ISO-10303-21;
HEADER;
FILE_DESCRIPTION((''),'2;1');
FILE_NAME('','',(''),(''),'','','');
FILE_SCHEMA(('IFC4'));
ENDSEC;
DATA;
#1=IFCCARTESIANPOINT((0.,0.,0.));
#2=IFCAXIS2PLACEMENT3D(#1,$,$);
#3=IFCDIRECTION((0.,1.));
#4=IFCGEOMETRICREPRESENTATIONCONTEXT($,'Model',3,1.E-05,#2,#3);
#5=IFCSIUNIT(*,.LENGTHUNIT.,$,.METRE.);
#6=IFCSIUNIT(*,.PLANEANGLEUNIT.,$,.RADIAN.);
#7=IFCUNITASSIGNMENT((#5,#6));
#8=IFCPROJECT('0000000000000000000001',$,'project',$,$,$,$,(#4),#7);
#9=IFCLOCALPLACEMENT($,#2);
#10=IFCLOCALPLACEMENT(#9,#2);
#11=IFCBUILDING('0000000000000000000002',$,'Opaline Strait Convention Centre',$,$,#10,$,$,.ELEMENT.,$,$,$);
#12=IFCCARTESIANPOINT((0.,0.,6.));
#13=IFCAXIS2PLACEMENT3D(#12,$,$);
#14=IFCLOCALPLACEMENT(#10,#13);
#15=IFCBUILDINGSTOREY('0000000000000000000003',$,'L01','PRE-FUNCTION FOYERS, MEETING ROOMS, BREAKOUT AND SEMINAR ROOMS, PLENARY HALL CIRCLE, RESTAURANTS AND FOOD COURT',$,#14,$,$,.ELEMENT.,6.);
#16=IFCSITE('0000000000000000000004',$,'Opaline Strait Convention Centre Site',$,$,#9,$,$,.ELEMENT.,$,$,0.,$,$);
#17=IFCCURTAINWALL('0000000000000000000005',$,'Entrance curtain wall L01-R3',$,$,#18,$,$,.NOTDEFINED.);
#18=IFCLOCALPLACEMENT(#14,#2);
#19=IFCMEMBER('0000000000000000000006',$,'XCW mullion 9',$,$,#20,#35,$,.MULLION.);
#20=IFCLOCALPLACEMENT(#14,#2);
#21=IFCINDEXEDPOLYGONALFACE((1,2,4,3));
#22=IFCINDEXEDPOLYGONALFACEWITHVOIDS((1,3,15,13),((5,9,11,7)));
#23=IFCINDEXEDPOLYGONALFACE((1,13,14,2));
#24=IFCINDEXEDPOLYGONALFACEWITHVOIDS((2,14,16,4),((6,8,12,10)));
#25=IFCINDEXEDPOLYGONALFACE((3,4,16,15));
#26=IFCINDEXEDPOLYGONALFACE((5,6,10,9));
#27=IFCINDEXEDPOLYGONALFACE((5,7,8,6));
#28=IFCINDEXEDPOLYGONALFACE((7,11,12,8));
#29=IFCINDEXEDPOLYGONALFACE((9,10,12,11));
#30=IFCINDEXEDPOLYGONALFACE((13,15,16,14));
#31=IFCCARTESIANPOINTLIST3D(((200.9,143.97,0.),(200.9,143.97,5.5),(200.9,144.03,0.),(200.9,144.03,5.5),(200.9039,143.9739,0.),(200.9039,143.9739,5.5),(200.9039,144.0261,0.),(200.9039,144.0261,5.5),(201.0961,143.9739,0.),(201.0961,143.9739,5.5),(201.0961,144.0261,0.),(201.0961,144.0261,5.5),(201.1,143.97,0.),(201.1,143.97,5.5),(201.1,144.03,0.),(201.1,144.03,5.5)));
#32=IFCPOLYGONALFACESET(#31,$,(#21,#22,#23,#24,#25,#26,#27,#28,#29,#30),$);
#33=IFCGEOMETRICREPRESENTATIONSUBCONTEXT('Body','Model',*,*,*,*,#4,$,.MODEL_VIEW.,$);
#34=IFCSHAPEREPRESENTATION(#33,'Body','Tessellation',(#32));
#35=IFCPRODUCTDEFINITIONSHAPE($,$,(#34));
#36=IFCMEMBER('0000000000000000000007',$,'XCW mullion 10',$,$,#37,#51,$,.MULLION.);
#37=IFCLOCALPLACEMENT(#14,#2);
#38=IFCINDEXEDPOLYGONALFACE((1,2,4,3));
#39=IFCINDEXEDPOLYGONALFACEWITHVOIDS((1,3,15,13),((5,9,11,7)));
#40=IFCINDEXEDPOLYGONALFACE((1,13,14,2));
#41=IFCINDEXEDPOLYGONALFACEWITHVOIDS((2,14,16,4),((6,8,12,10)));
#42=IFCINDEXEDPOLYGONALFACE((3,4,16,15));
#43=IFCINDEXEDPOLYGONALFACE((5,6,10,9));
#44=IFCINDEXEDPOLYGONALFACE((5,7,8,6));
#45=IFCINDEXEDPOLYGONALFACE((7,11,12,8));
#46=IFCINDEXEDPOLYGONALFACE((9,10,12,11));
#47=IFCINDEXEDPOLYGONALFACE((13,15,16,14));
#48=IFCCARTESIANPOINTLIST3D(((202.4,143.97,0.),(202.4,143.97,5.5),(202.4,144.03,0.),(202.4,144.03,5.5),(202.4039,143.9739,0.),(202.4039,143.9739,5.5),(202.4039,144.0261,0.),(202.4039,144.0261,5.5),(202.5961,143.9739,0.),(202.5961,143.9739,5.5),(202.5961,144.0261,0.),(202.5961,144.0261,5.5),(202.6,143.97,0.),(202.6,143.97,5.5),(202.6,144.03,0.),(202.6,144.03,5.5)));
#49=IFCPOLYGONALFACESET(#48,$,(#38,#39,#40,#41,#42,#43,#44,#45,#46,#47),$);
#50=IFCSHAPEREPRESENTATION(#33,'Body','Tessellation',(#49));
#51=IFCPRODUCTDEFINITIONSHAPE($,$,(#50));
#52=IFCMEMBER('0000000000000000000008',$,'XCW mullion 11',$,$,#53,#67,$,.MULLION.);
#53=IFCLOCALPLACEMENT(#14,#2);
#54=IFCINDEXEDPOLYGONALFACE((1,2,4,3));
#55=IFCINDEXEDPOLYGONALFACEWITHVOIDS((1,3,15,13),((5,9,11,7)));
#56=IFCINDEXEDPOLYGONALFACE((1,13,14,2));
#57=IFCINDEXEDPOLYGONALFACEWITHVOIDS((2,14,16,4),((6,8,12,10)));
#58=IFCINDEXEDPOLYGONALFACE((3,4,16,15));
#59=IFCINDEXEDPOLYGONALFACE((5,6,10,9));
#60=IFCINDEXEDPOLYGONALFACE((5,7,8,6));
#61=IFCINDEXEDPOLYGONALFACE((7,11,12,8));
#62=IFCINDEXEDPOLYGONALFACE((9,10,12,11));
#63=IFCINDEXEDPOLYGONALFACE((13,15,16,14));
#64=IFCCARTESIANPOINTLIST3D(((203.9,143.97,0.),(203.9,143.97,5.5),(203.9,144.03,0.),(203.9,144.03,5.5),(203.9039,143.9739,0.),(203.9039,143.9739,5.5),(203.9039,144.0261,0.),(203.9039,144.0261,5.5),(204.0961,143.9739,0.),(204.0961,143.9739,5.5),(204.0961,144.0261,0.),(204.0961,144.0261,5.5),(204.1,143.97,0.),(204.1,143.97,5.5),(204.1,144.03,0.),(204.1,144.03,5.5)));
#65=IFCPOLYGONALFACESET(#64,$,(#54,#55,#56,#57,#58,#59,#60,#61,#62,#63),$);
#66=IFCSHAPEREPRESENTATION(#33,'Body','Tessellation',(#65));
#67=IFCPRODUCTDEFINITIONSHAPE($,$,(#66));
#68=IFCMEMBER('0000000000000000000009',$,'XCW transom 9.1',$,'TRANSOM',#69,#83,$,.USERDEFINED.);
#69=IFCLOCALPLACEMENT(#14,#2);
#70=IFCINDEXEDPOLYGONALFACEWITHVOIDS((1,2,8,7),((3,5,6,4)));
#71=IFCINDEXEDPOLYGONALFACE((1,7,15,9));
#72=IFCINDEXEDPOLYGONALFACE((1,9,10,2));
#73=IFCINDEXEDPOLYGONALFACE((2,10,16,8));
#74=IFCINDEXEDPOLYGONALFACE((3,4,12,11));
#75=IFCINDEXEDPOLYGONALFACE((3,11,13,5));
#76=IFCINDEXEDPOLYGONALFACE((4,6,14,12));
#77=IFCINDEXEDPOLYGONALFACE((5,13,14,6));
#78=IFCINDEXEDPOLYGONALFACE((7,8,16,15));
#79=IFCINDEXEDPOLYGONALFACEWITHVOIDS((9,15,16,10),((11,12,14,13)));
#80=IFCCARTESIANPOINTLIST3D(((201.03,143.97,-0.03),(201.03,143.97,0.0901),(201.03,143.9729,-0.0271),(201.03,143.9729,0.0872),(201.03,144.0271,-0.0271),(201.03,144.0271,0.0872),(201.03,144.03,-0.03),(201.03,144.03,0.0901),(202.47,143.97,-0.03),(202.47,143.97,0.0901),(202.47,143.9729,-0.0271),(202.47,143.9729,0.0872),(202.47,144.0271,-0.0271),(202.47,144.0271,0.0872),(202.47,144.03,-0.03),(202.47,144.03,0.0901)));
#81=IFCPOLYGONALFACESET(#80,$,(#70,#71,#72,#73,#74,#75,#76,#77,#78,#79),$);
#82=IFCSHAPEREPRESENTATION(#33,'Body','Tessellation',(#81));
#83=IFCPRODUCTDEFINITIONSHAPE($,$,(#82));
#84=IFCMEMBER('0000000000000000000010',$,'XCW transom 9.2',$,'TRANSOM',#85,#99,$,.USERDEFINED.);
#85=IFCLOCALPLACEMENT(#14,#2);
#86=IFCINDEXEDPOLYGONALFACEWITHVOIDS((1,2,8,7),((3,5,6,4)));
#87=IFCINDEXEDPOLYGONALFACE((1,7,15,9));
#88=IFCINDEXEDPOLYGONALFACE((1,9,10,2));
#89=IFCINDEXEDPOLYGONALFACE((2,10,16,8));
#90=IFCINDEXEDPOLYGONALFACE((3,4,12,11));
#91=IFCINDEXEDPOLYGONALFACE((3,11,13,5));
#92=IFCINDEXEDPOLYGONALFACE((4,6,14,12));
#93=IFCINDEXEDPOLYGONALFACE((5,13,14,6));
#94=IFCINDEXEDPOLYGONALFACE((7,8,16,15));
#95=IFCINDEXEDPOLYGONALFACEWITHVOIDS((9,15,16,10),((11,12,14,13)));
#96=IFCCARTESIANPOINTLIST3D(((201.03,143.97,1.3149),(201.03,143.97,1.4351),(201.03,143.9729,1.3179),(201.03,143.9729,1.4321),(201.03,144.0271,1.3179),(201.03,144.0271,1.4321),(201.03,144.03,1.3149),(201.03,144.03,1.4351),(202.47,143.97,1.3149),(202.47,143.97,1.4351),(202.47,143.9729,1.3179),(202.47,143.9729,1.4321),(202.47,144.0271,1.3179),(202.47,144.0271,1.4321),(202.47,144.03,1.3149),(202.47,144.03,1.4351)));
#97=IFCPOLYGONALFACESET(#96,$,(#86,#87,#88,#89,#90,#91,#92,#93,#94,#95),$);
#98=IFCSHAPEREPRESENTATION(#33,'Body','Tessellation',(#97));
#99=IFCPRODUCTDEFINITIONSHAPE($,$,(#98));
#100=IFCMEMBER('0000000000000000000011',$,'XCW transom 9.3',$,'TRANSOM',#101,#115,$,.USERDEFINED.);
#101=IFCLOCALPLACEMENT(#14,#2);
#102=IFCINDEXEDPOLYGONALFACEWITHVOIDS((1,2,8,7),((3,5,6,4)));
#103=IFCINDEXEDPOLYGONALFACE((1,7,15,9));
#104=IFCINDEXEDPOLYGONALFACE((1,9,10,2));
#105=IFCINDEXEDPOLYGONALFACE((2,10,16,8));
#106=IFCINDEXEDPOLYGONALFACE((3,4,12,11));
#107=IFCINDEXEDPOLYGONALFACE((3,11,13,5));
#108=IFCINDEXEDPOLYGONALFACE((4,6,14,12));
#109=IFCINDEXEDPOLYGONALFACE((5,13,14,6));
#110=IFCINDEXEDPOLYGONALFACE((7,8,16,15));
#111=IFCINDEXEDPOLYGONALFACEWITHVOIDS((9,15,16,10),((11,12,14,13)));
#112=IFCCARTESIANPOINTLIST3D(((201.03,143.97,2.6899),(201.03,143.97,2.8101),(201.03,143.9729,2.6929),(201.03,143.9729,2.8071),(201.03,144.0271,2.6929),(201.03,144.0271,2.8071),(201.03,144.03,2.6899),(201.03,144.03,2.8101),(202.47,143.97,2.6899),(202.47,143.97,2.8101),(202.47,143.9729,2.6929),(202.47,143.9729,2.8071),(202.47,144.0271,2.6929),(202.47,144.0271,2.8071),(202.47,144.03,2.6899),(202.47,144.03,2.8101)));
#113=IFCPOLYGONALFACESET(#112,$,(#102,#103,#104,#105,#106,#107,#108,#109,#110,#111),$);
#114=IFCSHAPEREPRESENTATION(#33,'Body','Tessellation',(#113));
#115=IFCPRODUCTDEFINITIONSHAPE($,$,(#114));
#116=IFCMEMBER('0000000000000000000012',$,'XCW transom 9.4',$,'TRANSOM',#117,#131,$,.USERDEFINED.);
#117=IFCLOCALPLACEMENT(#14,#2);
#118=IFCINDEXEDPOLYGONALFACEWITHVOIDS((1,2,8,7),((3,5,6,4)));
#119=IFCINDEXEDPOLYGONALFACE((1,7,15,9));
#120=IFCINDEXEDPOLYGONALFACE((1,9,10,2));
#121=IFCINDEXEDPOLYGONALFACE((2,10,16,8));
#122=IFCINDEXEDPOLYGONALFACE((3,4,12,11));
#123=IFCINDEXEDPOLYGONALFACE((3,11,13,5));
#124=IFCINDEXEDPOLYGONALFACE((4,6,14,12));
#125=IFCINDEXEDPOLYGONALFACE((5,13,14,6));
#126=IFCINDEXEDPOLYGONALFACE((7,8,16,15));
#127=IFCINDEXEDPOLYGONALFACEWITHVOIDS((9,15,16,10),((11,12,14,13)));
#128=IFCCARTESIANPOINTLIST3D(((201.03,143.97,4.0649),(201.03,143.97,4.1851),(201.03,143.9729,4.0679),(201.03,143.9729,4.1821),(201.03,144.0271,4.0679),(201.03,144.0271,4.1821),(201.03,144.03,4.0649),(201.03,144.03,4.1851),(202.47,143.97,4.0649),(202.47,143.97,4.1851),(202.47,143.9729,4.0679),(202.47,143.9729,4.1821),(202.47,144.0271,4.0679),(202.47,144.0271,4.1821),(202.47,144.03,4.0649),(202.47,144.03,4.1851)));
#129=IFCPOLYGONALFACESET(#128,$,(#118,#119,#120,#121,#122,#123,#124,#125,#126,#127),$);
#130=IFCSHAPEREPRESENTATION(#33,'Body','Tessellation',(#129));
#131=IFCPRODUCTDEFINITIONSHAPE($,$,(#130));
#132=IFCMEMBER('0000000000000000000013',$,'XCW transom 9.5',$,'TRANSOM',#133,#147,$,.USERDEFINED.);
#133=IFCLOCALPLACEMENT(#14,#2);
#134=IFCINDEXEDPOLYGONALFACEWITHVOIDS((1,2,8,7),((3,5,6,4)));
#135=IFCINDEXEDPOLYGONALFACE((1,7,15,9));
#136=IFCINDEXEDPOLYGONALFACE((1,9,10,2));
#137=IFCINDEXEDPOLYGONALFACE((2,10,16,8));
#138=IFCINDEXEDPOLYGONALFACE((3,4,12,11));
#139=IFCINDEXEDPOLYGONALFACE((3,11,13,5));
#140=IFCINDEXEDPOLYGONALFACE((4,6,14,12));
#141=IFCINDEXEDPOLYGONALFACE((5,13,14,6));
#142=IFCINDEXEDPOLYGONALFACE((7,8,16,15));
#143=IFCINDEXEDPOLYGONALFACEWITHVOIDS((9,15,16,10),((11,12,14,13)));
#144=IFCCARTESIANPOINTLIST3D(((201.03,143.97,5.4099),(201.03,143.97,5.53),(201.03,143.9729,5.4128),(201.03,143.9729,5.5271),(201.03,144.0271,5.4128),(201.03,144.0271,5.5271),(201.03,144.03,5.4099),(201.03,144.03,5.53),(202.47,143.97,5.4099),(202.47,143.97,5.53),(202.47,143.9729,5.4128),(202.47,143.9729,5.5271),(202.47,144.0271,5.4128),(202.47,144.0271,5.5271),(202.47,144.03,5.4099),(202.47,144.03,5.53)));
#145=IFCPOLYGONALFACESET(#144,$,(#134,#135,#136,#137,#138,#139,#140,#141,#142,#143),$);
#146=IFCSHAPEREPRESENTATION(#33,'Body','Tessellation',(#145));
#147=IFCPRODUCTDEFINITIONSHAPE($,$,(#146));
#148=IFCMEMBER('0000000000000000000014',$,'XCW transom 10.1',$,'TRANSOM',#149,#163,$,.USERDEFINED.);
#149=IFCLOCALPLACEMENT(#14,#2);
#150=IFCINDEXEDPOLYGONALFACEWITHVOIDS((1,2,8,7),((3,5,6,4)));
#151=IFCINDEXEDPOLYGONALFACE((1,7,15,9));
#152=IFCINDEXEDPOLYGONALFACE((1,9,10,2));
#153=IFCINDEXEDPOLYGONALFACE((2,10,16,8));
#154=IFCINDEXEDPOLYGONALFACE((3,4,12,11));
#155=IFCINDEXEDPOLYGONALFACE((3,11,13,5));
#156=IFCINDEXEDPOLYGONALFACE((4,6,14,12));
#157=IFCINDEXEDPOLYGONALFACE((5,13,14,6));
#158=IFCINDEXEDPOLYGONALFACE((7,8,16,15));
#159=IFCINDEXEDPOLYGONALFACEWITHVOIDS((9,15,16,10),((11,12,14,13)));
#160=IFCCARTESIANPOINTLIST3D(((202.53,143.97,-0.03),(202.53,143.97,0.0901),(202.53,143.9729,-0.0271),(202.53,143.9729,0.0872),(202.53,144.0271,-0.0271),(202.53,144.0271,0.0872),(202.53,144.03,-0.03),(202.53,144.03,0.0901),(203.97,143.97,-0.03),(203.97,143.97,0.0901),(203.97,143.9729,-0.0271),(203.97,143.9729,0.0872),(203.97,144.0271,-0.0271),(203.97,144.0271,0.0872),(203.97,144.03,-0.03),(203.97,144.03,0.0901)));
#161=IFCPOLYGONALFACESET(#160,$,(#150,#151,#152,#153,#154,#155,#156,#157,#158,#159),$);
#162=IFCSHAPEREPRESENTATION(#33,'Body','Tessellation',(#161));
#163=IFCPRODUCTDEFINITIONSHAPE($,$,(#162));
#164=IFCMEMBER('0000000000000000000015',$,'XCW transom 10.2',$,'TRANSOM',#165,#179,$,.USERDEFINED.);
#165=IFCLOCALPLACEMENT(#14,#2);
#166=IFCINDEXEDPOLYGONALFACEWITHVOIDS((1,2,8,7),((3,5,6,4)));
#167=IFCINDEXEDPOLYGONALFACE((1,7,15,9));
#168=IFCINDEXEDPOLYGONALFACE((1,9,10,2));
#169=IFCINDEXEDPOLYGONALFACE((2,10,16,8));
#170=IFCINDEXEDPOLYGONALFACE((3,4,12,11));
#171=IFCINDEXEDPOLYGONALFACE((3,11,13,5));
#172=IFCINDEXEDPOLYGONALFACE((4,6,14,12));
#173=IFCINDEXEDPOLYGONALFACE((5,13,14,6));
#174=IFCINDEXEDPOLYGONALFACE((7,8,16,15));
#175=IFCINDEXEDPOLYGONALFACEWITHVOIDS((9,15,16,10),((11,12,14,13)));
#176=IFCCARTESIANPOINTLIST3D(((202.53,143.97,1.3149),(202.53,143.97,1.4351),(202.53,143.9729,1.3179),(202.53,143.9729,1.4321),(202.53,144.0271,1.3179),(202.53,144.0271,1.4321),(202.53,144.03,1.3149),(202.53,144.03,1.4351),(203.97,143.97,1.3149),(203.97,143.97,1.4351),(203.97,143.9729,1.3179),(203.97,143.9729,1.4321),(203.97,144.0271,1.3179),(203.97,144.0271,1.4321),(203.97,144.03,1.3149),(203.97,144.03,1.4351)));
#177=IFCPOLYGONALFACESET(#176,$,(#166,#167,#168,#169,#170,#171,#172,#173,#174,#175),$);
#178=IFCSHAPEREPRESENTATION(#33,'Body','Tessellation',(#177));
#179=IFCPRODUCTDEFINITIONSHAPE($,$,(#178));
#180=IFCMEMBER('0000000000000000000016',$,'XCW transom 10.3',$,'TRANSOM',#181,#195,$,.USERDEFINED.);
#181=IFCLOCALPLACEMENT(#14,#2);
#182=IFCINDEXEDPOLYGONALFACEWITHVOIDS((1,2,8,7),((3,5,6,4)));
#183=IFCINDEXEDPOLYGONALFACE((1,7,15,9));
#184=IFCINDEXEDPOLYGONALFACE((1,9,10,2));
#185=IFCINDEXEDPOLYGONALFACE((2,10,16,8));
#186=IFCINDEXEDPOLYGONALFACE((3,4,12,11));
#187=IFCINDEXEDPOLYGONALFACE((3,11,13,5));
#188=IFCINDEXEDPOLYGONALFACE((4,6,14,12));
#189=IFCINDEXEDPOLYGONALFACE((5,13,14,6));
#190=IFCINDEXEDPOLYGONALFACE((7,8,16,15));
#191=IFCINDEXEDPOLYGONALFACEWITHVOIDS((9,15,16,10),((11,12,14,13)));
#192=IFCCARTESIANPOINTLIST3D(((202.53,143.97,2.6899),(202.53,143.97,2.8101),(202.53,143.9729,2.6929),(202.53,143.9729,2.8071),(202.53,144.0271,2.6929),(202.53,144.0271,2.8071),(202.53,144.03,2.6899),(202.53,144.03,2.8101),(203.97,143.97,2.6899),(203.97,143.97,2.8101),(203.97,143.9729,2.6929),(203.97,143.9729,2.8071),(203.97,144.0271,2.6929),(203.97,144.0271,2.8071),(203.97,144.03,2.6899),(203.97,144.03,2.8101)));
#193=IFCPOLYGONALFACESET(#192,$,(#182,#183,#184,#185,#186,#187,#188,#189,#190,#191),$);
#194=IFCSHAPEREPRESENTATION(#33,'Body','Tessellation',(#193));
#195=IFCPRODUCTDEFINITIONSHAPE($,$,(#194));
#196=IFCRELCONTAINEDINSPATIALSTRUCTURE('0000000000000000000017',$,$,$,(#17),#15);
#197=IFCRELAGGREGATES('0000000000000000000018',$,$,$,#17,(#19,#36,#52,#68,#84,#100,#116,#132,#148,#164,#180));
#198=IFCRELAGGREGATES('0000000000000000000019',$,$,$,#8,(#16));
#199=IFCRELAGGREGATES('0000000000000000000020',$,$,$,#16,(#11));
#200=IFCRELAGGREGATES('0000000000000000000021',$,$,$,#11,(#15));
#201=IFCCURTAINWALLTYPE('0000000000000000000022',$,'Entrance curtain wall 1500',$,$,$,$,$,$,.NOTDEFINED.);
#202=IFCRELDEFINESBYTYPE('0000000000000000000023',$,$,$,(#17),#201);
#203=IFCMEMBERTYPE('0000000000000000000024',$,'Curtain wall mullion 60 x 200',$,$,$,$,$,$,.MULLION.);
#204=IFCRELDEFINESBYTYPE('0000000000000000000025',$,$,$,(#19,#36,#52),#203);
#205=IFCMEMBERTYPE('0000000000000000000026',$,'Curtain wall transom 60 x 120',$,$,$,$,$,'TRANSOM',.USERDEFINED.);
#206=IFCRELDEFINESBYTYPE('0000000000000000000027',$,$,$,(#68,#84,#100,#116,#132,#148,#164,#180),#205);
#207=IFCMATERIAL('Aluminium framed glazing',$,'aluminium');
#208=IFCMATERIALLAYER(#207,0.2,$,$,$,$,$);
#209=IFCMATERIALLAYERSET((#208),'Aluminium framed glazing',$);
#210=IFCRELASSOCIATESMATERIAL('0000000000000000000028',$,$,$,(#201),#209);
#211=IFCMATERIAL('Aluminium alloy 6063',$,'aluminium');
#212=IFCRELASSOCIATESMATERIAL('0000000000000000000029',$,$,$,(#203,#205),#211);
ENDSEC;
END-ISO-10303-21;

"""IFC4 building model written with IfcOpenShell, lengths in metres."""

from ifc_helpers import new_model, si_unit, direction, frame, origin, origin_2d, place, context, subcontext, project, spatial, hollow_rectangle, extrude, material, layer, layer_set, material_profile, profile_set, type_object, element, aggregate, save


model = new_model("IFC4")

# Units and contexts
model_context = context("Model", 3, precision=1e-05, world=origin(), true_north=direction((0.0, 1.0)))
body_context = subcontext(model_context, "Body", "Model", "MODEL_VIEW")
ifc_project = project(units=[si_unit("LENGTHUNIT", "METRE"), si_unit("PLANEANGLEUNIT", "RADIAN")], contexts=[model_context])

# Site, building, storey
site_placement = place(None, origin())
site = spatial("IfcSite", under=ifc_project, at=site_placement, Name="Opaline Strait Convention Centre Site", CompositionType="ELEMENT", RefElevation=0.0)
building_placement = place(site_placement, origin())
building = spatial("IfcBuilding", under=site, at=building_placement, Name="Opaline Strait Convention Centre", CompositionType="ELEMENT")
storey_placement = place(building_placement, frame((0.0, 0.0, 6.0)))
storey = spatial("IfcBuildingStorey", under=building, at=storey_placement, Name="L01", Description="PRE-FUNCTION FOYERS, MEETING ROOMS, BREAKOUT AND SEMINAR ROOMS, PLENARY HALL CIRCLE, RESTAURANTS AND FOOD COURT", CompositionType="ELEMENT", Elevation=6.0)

# Curtain wall, members
ifc_material_1 = material(Name="Aluminium framed glazing", Category="aluminium")
ifc_layer_1 = layer(ifc_material_1, 0.2)
ifc_layer_set_1 = layer_set([ifc_layer_1], Name="Aluminium framed glazing")
curtain_wall_type = type_object("IfcCurtainWallType", Name="Entrance curtain wall 1500", PredefinedType="NOTDEFINED", material=ifc_layer_set_1)
curtain_wall_placement = place(storey_placement, origin())
curtain_wall = element("IfcCurtainWall", 1, at=curtain_wall_placement, inside=storey, type_object=curtain_wall_type, Name="Entrance curtain wall L01-R3", PredefinedType="NOTDEFINED")
ifc_material_2 = material(Name="Aluminium alloy 6063", Category="aluminium")
ifc_material_profile_1 = material_profile(ifc_material_2, hollow_rectangle(XDim=0.0601, YDim=0.2, WallThickness=0.0039, at=origin_2d()), Name="MULLION 60x200x4")
ifc_profile_set_1 = profile_set([ifc_material_profile_1], Name="Aluminium alloy 6063")
member_type_1 = type_object("IfcMemberType", Name="Curtain wall mullion 60 x 200", PredefinedType="MULLION", material=ifc_profile_set_1)
member_1_placement = place(storey_placement, frame((201.0, 144.0, 0.0), z_axis=(0.0, 0.0, 1.0), x_axis=(0.0, 1.0, 0.0)))
member_1 = element("IfcMember", 2, at=member_1_placement, type_object=member_type_1, Name="XCW mullion 9", PredefinedType="MULLION", context=body_context, shape_type="SweptSolid", body=[
    extrude(hollow_rectangle(XDim=0.0601, YDim=0.2, WallThickness=0.0039, at=origin_2d()), origin(), (0.0, 0.0, 1.0), 5.5),
])
member_2_placement = place(storey_placement, frame((202.5, 144.0, 0.0), z_axis=(0.0, 0.0, 1.0), x_axis=(0.0, 1.0, 0.0)))
member_2 = element("IfcMember", 3, at=member_2_placement, type_object=member_type_1, Name="XCW mullion 10", PredefinedType="MULLION", context=body_context, shape_type="SweptSolid", body=[
    extrude(hollow_rectangle(XDim=0.0601, YDim=0.2, WallThickness=0.0039, at=origin_2d()), origin(), (0.0, 0.0, 1.0), 5.5),
])
member_3_placement = place(storey_placement, frame((204.0, 144.0, 0.0), z_axis=(0.0, 0.0, 1.0), x_axis=(0.0, 1.0, 0.0)))
member_3 = element("IfcMember", 4, at=member_3_placement, type_object=member_type_1, Name="XCW mullion 11", PredefinedType="MULLION", context=body_context, shape_type="SweptSolid", body=[
    extrude(hollow_rectangle(XDim=0.0601, YDim=0.2, WallThickness=0.0039, at=origin_2d()), origin(), (0.0, 0.0, 1.0), 5.5),
])
ifc_material_profile_2 = material_profile(ifc_material_2, hollow_rectangle(XDim=0.0601, YDim=0.1201, WallThickness=0.0029, at=origin_2d()), Name="TRANSOM 60x120x3")
ifc_profile_set_2 = profile_set([ifc_material_profile_2], Name="Aluminium alloy 6063")
member_type_2 = type_object("IfcMemberType", Name="Curtain wall transom 60 x 120", ElementType="TRANSOM", PredefinedType="USERDEFINED", material=ifc_profile_set_2)
member_4_placement = place(storey_placement, frame((201.03, 144.0, 0.03), z_axis=(1.0, 0.0, 0.0), x_axis=(0.0, 1.0, 0.0)))
member_4 = element("IfcMember", 5, at=member_4_placement, type_object=member_type_2, Name="XCW transom 9.1", ObjectType="TRANSOM", PredefinedType="USERDEFINED", context=body_context, shape_type="SweptSolid", body=[
    extrude(hollow_rectangle(XDim=0.0601, YDim=0.1201, WallThickness=0.0029, at=origin_2d()), origin(), (0.0, 0.0, 1.0), 1.4399),
])
member_5_placement = place(storey_placement, frame((201.03, 144.0, 1.375), z_axis=(1.0, 0.0, 0.0), x_axis=(0.0, 1.0, 0.0)))
member_5 = element("IfcMember", 6, at=member_5_placement, type_object=member_type_2, Name="XCW transom 9.2", ObjectType="TRANSOM", PredefinedType="USERDEFINED", context=body_context, shape_type="SweptSolid", body=[
    extrude(hollow_rectangle(XDim=0.0601, YDim=0.1201, WallThickness=0.0029, at=origin_2d()), origin(), (0.0, 0.0, 1.0), 1.4399),
])
member_6_placement = place(storey_placement, frame((201.03, 144.0, 2.75), z_axis=(1.0, 0.0, 0.0), x_axis=(0.0, 1.0, 0.0)))
member_6 = element("IfcMember", 7, at=member_6_placement, type_object=member_type_2, Name="XCW transom 9.3", ObjectType="TRANSOM", PredefinedType="USERDEFINED", context=body_context, shape_type="SweptSolid", body=[
    extrude(hollow_rectangle(XDim=0.0601, YDim=0.1201, WallThickness=0.0029, at=origin_2d()), origin(), (0.0, 0.0, 1.0), 1.4399),
])
member_7_placement = place(storey_placement, frame((201.03, 144.0, 4.125), z_axis=(1.0, 0.0, 0.0), x_axis=(0.0, 1.0, 0.0)))
member_7 = element("IfcMember", 8, at=member_7_placement, type_object=member_type_2, Name="XCW transom 9.4", ObjectType="TRANSOM", PredefinedType="USERDEFINED", context=body_context, shape_type="SweptSolid", body=[
    extrude(hollow_rectangle(XDim=0.0601, YDim=0.1201, WallThickness=0.0029, at=origin_2d()), origin(), (0.0, 0.0, 1.0), 1.4399),
])
member_8_placement = place(storey_placement, frame((201.03, 144.0, 5.47), z_axis=(1.0, 0.0, 0.0), x_axis=(0.0, 1.0, 0.0)))
member_8 = element("IfcMember", 9, at=member_8_placement, type_object=member_type_2, Name="XCW transom 9.5", ObjectType="TRANSOM", PredefinedType="USERDEFINED", context=body_context, shape_type="SweptSolid", body=[
    extrude(hollow_rectangle(XDim=0.0601, YDim=0.1201, WallThickness=0.0029, at=origin_2d()), origin(), (0.0, 0.0, 1.0), 1.4399),
])
member_9_placement = place(storey_placement, frame((202.53, 144.0, 0.03), z_axis=(1.0, 0.0, 0.0), x_axis=(0.0, 1.0, 0.0)))
member_9 = element("IfcMember", 10, at=member_9_placement, type_object=member_type_2, Name="XCW transom 10.1", ObjectType="TRANSOM", PredefinedType="USERDEFINED", context=body_context, shape_type="SweptSolid", body=[
    extrude(hollow_rectangle(XDim=0.0601, YDim=0.1201, WallThickness=0.0029, at=origin_2d()), origin(), (0.0, 0.0, 1.0), 1.4399),
])
member_10_placement = place(storey_placement, frame((202.53, 144.0, 1.375), z_axis=(1.0, 0.0, 0.0), x_axis=(0.0, 1.0, 0.0)))
member_10 = element("IfcMember", 11, at=member_10_placement, type_object=member_type_2, Name="XCW transom 10.2", ObjectType="TRANSOM", PredefinedType="USERDEFINED", context=body_context, shape_type="SweptSolid", body=[
    extrude(hollow_rectangle(XDim=0.0601, YDim=0.1201, WallThickness=0.0029, at=origin_2d()), origin(), (0.0, 0.0, 1.0), 1.4399),
])
member_11_placement = place(storey_placement, frame((202.53, 144.0, 2.75), z_axis=(1.0, 0.0, 0.0), x_axis=(0.0, 1.0, 0.0)))
member_11 = element("IfcMember", 12, at=member_11_placement, type_object=member_type_2, Name="XCW transom 10.3", ObjectType="TRANSOM", PredefinedType="USERDEFINED", context=body_context, shape_type="SweptSolid", body=[
    extrude(hollow_rectangle(XDim=0.0601, YDim=0.1201, WallThickness=0.0029, at=origin_2d()), origin(), (0.0, 0.0, 1.0), 1.4399),
])
aggregate(curtain_wall, [member_1, member_2, member_3, member_4, member_5, member_6, member_7, member_8, member_9, member_10, member_11])

save(model, "model.ifc")
